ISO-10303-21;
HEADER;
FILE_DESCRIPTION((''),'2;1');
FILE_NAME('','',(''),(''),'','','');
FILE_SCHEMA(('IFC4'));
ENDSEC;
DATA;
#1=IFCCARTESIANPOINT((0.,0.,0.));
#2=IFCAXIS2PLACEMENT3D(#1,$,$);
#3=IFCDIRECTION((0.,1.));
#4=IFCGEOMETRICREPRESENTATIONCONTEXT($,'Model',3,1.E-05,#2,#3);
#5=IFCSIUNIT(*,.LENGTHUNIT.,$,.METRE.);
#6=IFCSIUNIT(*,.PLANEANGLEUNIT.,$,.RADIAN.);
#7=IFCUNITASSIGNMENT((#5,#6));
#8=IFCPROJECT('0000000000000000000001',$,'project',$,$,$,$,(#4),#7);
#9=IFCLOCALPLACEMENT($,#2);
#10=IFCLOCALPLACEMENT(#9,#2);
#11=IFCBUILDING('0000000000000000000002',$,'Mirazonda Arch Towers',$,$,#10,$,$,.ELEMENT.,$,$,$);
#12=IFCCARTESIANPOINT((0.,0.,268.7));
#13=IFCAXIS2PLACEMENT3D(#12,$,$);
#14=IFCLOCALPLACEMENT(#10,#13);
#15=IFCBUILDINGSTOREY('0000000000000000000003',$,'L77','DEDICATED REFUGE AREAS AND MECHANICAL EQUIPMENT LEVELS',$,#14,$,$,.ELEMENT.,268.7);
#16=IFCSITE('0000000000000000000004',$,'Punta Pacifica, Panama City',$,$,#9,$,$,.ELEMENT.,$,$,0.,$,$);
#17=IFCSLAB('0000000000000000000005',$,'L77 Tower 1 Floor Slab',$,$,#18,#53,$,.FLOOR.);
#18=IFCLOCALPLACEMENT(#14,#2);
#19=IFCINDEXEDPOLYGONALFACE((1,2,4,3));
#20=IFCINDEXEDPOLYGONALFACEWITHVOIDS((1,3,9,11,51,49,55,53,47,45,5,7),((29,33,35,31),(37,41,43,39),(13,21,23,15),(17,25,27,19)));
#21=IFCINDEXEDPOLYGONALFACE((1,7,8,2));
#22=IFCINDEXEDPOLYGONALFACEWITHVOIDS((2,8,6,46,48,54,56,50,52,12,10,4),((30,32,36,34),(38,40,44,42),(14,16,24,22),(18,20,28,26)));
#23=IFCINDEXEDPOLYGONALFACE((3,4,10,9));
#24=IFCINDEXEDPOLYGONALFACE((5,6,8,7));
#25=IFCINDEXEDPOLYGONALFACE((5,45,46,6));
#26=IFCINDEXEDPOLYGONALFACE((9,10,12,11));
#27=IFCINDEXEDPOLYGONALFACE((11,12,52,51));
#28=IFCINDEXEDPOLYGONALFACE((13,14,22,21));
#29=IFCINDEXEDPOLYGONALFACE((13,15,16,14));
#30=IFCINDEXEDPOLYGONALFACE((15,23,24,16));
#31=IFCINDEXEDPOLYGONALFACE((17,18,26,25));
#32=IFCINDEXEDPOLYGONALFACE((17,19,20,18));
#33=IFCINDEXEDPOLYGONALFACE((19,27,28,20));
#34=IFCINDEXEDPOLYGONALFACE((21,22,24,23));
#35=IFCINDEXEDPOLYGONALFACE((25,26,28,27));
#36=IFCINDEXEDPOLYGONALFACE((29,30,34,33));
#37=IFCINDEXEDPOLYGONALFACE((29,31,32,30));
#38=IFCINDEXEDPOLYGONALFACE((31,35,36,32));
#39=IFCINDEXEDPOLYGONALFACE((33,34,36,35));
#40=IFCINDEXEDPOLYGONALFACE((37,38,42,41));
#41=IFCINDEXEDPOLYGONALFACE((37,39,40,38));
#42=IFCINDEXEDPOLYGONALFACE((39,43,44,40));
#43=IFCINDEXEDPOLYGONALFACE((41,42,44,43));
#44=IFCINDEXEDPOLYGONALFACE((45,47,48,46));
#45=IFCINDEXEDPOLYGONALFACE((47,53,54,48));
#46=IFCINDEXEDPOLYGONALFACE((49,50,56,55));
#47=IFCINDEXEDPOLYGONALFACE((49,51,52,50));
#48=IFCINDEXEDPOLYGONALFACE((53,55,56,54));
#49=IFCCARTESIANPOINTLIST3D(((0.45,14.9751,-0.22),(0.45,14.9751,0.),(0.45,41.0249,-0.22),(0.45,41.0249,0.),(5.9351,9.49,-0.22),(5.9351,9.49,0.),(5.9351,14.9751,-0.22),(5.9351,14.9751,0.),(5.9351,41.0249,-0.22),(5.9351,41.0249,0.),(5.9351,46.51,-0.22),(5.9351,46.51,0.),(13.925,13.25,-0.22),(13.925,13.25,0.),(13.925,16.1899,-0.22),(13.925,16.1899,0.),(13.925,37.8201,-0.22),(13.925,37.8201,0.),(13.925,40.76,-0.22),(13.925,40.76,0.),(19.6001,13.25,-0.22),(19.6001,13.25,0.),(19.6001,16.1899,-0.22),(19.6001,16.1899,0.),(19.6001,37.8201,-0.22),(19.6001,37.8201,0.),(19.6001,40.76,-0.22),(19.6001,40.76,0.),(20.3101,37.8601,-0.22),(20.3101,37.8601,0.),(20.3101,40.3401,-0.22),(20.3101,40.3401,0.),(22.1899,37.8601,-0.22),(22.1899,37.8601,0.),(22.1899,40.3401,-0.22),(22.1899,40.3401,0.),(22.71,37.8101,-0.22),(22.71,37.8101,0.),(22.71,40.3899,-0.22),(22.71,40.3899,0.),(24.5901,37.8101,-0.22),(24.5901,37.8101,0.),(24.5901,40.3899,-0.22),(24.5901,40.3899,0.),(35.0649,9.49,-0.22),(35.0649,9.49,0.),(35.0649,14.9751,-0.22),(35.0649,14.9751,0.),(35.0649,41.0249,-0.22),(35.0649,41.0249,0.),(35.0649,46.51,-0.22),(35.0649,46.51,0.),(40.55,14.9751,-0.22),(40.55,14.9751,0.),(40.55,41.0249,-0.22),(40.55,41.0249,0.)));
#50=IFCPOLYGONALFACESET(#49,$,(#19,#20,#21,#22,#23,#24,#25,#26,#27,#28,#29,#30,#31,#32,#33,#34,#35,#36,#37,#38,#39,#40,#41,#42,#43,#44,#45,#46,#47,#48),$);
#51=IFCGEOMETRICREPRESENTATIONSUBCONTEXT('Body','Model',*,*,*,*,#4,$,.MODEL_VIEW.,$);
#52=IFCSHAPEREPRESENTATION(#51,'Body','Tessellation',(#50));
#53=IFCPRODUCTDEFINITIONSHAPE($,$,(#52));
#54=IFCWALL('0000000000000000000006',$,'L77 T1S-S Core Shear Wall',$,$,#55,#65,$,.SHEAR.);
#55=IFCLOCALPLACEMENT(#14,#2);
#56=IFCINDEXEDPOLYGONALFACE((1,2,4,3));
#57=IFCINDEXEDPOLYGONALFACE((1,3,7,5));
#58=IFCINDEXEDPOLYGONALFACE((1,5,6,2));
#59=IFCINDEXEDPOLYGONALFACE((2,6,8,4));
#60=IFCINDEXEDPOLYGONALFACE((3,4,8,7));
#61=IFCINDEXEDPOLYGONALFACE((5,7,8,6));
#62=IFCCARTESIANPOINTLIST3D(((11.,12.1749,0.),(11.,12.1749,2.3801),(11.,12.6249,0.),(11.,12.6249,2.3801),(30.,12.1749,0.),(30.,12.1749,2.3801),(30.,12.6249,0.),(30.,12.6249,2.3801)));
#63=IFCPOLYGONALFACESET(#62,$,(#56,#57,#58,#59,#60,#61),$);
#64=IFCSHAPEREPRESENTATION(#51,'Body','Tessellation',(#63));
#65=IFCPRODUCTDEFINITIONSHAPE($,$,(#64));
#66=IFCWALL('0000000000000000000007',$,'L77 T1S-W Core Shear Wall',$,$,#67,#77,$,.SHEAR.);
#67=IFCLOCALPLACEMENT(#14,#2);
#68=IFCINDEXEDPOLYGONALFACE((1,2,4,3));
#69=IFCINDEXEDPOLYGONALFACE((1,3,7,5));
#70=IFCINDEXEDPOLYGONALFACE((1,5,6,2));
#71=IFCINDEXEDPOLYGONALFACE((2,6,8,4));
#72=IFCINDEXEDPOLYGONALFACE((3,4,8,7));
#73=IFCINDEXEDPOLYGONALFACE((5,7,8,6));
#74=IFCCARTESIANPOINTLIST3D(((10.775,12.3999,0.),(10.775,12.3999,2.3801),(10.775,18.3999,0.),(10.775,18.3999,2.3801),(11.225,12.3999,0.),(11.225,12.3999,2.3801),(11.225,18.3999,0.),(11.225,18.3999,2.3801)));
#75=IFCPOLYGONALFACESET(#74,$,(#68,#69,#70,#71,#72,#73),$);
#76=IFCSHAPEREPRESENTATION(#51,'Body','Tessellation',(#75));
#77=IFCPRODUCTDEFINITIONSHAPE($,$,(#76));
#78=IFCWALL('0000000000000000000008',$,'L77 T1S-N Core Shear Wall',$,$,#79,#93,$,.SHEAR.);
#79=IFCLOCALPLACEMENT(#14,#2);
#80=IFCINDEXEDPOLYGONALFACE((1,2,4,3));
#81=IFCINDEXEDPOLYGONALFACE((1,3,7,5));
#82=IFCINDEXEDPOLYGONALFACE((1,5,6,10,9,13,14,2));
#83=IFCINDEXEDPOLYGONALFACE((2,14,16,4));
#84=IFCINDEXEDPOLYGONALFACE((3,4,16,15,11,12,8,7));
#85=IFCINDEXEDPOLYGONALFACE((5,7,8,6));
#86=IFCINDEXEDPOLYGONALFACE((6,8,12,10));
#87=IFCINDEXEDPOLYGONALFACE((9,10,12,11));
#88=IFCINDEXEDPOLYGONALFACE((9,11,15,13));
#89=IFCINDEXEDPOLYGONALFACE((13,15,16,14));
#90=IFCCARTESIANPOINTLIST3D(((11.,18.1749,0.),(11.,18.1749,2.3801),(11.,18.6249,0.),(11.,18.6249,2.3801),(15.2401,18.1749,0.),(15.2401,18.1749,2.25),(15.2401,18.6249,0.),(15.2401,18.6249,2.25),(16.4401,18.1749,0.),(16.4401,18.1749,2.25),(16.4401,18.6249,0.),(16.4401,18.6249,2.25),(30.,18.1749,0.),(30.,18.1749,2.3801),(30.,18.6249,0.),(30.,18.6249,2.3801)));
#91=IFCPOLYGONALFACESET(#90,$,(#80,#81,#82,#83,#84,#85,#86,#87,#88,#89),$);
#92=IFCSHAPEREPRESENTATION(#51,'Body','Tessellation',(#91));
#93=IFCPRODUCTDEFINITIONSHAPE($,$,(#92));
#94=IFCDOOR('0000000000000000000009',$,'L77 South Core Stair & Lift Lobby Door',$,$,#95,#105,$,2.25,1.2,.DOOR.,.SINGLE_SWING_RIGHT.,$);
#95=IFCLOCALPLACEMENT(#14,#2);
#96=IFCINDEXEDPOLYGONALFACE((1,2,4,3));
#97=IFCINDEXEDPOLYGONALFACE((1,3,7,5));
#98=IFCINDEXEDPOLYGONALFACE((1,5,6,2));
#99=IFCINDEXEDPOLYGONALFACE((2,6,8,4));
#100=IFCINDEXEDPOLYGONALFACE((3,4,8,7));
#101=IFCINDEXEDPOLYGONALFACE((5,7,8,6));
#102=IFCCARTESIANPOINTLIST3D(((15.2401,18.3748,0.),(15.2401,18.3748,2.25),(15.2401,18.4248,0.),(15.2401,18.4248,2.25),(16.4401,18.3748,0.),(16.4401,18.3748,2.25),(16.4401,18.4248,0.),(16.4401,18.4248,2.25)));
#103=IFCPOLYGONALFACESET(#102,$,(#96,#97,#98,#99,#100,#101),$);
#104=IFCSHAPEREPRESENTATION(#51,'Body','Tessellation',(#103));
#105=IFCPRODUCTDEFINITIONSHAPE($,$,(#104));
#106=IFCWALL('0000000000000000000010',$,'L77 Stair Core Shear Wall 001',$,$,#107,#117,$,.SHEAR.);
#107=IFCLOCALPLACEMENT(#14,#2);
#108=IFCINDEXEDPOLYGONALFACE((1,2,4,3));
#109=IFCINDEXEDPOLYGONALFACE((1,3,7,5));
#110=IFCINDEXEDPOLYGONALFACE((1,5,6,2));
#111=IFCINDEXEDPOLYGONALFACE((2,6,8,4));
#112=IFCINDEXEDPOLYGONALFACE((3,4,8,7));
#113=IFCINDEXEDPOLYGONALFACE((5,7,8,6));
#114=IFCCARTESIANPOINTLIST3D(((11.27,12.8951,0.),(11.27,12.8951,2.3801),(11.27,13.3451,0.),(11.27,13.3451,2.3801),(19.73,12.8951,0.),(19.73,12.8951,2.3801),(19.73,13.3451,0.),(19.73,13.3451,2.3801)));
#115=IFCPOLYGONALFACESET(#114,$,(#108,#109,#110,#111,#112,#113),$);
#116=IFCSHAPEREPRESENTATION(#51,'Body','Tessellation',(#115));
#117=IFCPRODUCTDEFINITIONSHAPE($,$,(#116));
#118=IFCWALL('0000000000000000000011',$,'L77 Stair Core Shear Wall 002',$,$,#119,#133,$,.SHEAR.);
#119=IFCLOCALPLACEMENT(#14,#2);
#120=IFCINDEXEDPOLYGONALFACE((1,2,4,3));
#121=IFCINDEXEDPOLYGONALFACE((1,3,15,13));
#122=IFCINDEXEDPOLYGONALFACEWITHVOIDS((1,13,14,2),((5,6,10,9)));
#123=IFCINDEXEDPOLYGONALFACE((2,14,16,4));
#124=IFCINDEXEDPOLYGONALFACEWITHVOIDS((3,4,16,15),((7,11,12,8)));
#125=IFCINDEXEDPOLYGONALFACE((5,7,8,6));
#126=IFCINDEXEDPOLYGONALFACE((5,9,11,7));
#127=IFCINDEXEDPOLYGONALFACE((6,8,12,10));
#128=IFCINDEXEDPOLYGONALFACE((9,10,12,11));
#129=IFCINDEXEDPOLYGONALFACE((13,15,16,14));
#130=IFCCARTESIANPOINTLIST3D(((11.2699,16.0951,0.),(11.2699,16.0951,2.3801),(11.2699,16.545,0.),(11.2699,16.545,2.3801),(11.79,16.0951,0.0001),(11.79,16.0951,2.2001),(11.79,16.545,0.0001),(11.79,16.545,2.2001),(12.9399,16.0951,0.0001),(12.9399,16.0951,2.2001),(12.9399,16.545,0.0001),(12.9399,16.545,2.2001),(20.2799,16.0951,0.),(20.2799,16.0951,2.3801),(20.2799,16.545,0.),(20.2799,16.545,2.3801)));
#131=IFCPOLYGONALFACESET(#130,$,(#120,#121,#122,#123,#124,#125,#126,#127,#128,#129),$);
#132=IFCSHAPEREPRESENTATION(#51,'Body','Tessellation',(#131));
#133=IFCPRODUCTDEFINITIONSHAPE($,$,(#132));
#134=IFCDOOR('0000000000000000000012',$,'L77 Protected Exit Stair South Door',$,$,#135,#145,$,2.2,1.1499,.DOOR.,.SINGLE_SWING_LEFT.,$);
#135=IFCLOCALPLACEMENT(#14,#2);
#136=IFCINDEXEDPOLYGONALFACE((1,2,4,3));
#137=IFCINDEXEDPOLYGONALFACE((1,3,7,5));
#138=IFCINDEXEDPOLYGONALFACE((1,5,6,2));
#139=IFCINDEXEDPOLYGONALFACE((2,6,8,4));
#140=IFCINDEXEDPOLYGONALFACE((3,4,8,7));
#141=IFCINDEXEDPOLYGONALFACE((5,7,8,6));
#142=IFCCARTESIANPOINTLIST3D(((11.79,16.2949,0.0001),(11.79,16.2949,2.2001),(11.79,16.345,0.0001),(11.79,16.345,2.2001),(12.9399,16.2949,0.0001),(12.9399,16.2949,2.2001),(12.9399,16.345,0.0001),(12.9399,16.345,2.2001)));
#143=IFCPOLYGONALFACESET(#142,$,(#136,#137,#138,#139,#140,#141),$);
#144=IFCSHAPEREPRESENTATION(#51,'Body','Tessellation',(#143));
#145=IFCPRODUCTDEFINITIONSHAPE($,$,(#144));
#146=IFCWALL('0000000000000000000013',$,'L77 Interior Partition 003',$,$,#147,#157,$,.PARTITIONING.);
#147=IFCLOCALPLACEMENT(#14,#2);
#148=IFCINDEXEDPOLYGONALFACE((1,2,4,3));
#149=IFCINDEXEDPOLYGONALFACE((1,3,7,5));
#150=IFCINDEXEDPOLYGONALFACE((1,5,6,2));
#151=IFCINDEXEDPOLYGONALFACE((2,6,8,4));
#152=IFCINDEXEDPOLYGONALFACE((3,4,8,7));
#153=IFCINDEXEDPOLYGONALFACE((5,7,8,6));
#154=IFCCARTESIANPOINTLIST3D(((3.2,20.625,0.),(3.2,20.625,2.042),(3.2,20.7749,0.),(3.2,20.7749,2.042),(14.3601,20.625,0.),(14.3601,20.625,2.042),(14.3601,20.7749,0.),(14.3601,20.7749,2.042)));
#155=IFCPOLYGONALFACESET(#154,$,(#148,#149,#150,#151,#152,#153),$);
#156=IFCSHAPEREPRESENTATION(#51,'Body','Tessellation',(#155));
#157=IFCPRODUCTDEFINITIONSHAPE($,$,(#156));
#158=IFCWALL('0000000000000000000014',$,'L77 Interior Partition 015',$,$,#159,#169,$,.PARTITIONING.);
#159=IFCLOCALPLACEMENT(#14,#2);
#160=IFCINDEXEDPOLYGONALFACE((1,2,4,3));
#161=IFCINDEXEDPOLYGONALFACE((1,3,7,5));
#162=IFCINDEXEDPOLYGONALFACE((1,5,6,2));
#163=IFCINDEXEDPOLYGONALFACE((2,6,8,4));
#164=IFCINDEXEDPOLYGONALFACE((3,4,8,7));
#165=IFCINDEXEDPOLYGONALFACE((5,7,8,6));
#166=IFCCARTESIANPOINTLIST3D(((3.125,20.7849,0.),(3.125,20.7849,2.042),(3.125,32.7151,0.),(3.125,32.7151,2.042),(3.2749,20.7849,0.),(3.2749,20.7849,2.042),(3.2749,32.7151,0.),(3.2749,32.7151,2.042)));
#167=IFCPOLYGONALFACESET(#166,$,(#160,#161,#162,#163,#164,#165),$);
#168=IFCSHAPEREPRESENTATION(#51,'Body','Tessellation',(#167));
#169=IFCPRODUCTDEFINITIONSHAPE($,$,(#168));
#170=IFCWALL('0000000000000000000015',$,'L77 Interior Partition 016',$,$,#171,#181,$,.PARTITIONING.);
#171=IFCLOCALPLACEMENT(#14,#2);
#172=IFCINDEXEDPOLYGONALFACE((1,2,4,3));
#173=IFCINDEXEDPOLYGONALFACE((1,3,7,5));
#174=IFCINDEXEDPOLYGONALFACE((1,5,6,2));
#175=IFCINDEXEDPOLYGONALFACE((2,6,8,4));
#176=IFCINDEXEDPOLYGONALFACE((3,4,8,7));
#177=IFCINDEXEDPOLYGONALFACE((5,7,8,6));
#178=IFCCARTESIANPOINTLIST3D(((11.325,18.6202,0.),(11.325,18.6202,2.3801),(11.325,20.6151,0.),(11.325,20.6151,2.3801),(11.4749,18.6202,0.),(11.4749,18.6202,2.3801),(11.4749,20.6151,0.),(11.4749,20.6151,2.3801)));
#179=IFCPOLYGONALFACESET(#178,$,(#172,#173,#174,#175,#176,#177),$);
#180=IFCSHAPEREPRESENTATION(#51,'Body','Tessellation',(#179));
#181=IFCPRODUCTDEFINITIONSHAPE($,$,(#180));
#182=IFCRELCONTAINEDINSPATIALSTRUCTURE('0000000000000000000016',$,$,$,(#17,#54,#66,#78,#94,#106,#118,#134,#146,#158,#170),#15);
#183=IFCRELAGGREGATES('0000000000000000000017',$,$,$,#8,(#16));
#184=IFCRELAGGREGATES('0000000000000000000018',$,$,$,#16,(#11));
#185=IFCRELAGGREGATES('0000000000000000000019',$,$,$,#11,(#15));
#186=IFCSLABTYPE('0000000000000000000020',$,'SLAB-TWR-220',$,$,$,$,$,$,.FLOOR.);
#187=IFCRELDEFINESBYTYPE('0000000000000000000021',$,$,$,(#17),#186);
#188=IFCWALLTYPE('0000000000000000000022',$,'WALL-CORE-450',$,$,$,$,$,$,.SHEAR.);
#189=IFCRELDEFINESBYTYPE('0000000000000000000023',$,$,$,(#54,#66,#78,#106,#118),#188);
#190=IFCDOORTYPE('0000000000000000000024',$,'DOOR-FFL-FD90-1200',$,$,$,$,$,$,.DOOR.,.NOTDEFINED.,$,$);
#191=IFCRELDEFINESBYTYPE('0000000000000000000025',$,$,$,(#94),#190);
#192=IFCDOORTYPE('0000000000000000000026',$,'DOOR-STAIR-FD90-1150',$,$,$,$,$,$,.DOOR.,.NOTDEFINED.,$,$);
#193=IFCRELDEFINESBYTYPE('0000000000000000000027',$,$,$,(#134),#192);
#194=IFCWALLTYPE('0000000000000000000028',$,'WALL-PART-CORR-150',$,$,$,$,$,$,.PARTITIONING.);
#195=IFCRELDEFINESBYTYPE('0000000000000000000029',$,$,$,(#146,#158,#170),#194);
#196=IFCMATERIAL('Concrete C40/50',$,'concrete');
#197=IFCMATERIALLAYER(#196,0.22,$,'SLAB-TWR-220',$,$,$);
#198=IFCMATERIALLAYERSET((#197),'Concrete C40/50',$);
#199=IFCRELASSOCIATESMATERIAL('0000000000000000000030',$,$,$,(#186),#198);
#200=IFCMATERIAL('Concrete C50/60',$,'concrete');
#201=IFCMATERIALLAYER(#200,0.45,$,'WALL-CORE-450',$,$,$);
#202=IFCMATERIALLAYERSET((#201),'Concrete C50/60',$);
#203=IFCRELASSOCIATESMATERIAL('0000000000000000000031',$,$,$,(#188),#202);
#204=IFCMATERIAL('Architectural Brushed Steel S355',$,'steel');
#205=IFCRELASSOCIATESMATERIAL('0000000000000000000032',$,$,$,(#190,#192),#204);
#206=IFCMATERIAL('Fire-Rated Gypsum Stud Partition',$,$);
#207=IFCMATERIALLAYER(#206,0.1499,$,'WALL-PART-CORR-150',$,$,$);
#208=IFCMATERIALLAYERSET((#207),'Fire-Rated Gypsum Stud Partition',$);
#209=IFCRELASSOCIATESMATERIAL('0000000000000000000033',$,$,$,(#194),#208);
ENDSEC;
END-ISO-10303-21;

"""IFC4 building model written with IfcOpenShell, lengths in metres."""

from ifc_helpers import new_model, si_unit, direction, frame, frame_2d, origin, place, context, subcontext, project, spatial, polyline, rectangle, outline, extrude, material, layer, layer_set, type_object, element, fill, save


model = new_model("IFC4")

# Units and contexts
model_context = context("Model", 3, precision=1e-05, world=origin(), true_north=direction((0.0, 1.0)))
body_context = subcontext(model_context, "Body", "Model", "MODEL_VIEW")
ifc_project = project(units=[si_unit("LENGTHUNIT", "METRE"), si_unit("PLANEANGLEUNIT", "RADIAN")], contexts=[model_context])

# Site, building, storey
site_placement = place(None, origin())
site = spatial("IfcSite", under=ifc_project, at=site_placement, Name="Punta Pacifica, Panama City", CompositionType="ELEMENT", RefElevation=0.0)
building_placement = place(site_placement, origin())
building = spatial("IfcBuilding", under=site, at=building_placement, Name="Mirazonda Arch Towers", CompositionType="ELEMENT")
storey_placement = place(building_placement, frame((0.0, 0.0, 268.7)))
storey = spatial("IfcBuildingStorey", under=building, at=storey_placement, Name="L77", Description="DEDICATED REFUGE AREAS AND MECHANICAL EQUIPMENT LEVELS", CompositionType="ELEMENT", Elevation=268.7)

# Shared definitions
ifc_material_1 = material(Name="Concrete C50/60", Category="concrete")

# Shared definitions
ifc_material_2 = material(Name="Concrete C40/50", Category="concrete")

# Slab
ifc_layer_1 = layer(ifc_material_2, 0.22, Name="SLAB-TWR-220")
ifc_layer_set_1 = layer_set([ifc_layer_1], Name="Concrete C40/50")
slab_type_1 = type_object("IfcSlabType", Name="SLAB-TWR-220", PredefinedType="FLOOR", material=ifc_layer_set_1)
slab_1_placement = place(storey_placement, frame((0.0, 0.0, -0.22)))
element("IfcSlab", 1, at=slab_1_placement, inside=storey, type_object=slab_type_1, Name="L77 Tower 1 Floor Slab", PredefinedType="FLOOR", context=body_context, shape_type="SweptSolid", body=[
    extrude(outline(polyline([(5.9351, 9.49), (35.0649, 9.49), (35.0649, 14.9751), (40.55, 14.9751), (40.55, 41.0249), (35.0649, 41.0249), (35.0649, 46.51), (5.9351, 46.51), (5.9351, 41.0249), (0.45, 41.0249), (0.45, 14.9751), (5.9351, 14.9751), (5.9351, 9.49)]), holes=[polyline([(22.71, 37.8101), (22.71, 40.3899), (24.5901, 40.3899), (24.5901, 37.8101), (22.71, 37.8101)]), polyline([(20.3101, 37.8601), (20.3101, 40.3401), (22.1899, 40.3401), (22.1899, 37.8601), (20.3101, 37.8601)]), polyline([(19.6001, 13.25), (13.925, 13.25), (13.925, 16.1899), (19.6001, 16.1899), (19.6001, 13.25)]), polyline([(19.6001, 37.8201), (13.925, 37.8201), (13.925, 40.76), (19.6001, 40.76), (19.6001, 37.8201)])]), origin(), (0.0, 0.0, 1.0), 0.22),
])

# Walls
ifc_layer_2 = layer(ifc_material_1, 0.45, Name="WALL-CORE-450")
ifc_layer_set_2 = layer_set([ifc_layer_2], Name="Concrete C50/60")
wall_type_1 = type_object("IfcWallType", Name="WALL-CORE-450", PredefinedType="SHEAR", material=ifc_layer_set_2)
wall_1_placement = place(storey_placement, frame((11.0, 12.3999, 0.0), z_axis=(0.0, 0.0, 1.0), x_axis=(1.0, 0.0, 0.0)))
element("IfcWall", 2, at=wall_1_placement, inside=storey, type_object=wall_type_1, Name="L77 T1S-S Core Shear Wall", PredefinedType="SHEAR", context=body_context, shape_type="SweptSolid", body=[
    extrude(rectangle(XDim=19.0, YDim=0.45, at=frame_2d((9.5, 0.0))), origin(), (0.0, 0.0, 1.0), 2.3801),
])
wall_2_placement = place(storey_placement, frame((11.0, 12.3999, 0.0), z_axis=(0.0, 0.0, 1.0), x_axis=(0.0, 1.0, 0.0)))
element("IfcWall", 3, at=wall_2_placement, inside=storey, type_object=wall_type_1, Name="L77 T1S-W Core Shear Wall", PredefinedType="SHEAR", context=body_context, shape_type="SweptSolid", body=[
    extrude(rectangle(XDim=6.0, YDim=0.45, at=frame_2d((3.0, 0.0))), origin(), (0.0, 0.0, 1.0), 2.3801),
])

# Wall, opening, door
wall_3_placement = place(storey_placement, frame((11.0, 18.3999, 0.0), z_axis=(0.0, 0.0, 1.0), x_axis=(1.0, 0.0, 0.0)))
wall_3 = element("IfcWall", 4, at=wall_3_placement, inside=storey, type_object=wall_type_1, Name="L77 T1S-N Core Shear Wall", PredefinedType="SHEAR", context=body_context, shape_type="SweptSolid", body=[
    extrude(rectangle(XDim=19.0, YDim=0.45, at=frame_2d((9.5, 0.0))), origin(), (0.0, 0.0, 1.0), 2.3801),
])
opening_1_placement = place(wall_3_placement, frame((4.24, 0.0, 0.0)))
opening_1 = element("IfcOpeningElement", 5, at=opening_1_placement, cuts=wall_3, PredefinedType="OPENING", context=body_context, shape_type="SweptSolid", body=[
    extrude(rectangle(XDim=1.2, YDim=2.25, at=frame_2d((0.6001, 1.125))), frame((0.0, 0.2349, 0.0), z_axis=(0.0, -1.0, 0.0), x_axis=(1.0, 0.0, 0.0)), (0.0, 0.0, 1.0), 0.47),
])
ifc_material_3 = material(Name="Architectural Brushed Steel S355", Category="steel")
door_type_1 = type_object("IfcDoorType", Name="DOOR-FFL-FD90-1200", OperationType="NOTDEFINED", PredefinedType="DOOR", material=ifc_material_3)
door_1_placement = place(opening_1_placement, origin())
door_1 = element("IfcDoor", 6, at=door_1_placement, inside=storey, type_object=door_type_1, Name="L77 South Core Stair & Lift Lobby Door", OperationType="SINGLE_SWING_RIGHT", OverallHeight=2.25, OverallWidth=1.2, PredefinedType="DOOR", context=body_context, shape_type="SweptSolid", body=[
    extrude(rectangle(XDim=1.2, YDim=2.25, at=frame_2d((0.6001, 1.125))), frame((0.0, 0.0249, 0.0), z_axis=(0.0, -1.0, 0.0), x_axis=(1.0, 0.0, 0.0)), (0.0, 0.0, 1.0), 0.05),
])
fill(opening_1, door_1)

# Wall
wall_4_placement = place(storey_placement, frame((11.27, 13.1201, 0.0), z_axis=(0.0, 0.0, 1.0), x_axis=(1.0, 0.0, 0.0)))
element("IfcWall", 7, at=wall_4_placement, inside=storey, type_object=wall_type_1, Name="L77 Stair Core Shear Wall 001", PredefinedType="SHEAR", context=body_context, shape_type="SweptSolid", body=[
    extrude(rectangle(XDim=8.46, YDim=0.45, at=frame_2d((4.23, 0.0))), origin(), (0.0, 0.0, 1.0), 2.3801),
])

# Wall, opening, door
wall_5_placement = place(storey_placement, frame((11.27, 16.3201, 0.0), z_axis=(0.0, 0.0, 1.0), x_axis=(1.0, 0.0, 0.0)))
wall_5 = element("IfcWall", 8, at=wall_5_placement, inside=storey, type_object=wall_type_1, Name="L77 Stair Core Shear Wall 002", PredefinedType="SHEAR", context=body_context, shape_type="SweptSolid", body=[
    extrude(rectangle(XDim=9.01, YDim=0.45, at=frame_2d((4.5049, 0.0))), origin(), (0.0, 0.0, 1.0), 2.3801),
])
opening_2_placement = place(wall_5_placement, frame((0.52, 0.0, 0.0)))
opening_2 = element("IfcOpeningElement", 9, at=opening_2_placement, cuts=wall_5, PredefinedType="OPENING", context=body_context, shape_type="SweptSolid", body=[
    extrude(rectangle(XDim=1.1499, YDim=2.2, at=frame_2d((0.575, 1.1001))), frame((0.0, 0.2349, 0.0), z_axis=(0.0, -1.0, 0.0), x_axis=(1.0, 0.0, 0.0)), (0.0, 0.0, 1.0), 0.47),
])
door_type_2 = type_object("IfcDoorType", Name="DOOR-STAIR-FD90-1150", OperationType="NOTDEFINED", PredefinedType="DOOR", material=ifc_material_3)
door_2_placement = place(opening_2_placement, origin())
door_2 = element("IfcDoor", 10, at=door_2_placement, inside=storey, type_object=door_type_2, Name="L77 Protected Exit Stair South Door", OperationType="SINGLE_SWING_LEFT", OverallHeight=2.2, OverallWidth=1.1499, PredefinedType="DOOR", context=body_context, shape_type="SweptSolid", body=[
    extrude(rectangle(XDim=1.1499, YDim=2.2, at=frame_2d((0.575, 1.1001))), frame((0.0, 0.0249, 0.0), z_axis=(0.0, -1.0, 0.0), x_axis=(1.0, 0.0, 0.0)), (0.0, 0.0, 1.0), 0.05),
])
fill(opening_2, door_2)

# Walls
ifc_material_4 = material(Name="Fire-Rated Gypsum Stud Partition")
ifc_layer_3 = layer(ifc_material_4, 0.1499, Name="WALL-PART-CORR-150")
ifc_layer_set_3 = layer_set([ifc_layer_3], Name="Fire-Rated Gypsum Stud Partition")
wall_type_2 = type_object("IfcWallType", Name="WALL-PART-CORR-150", PredefinedType="PARTITIONING", material=ifc_layer_set_3)
wall_6_placement = place(storey_placement, frame((3.2, 20.7, 0.0), z_axis=(0.0, 0.0, 1.0), x_axis=(1.0, 0.0, 0.0)))
element("IfcWall", 11, at=wall_6_placement, inside=storey, type_object=wall_type_2, Name="L77 Interior Partition 003", PredefinedType="PARTITIONING", context=body_context, shape_type="SweptSolid", body=[
    extrude(rectangle(XDim=11.1602, YDim=0.1499, at=frame_2d((5.5801, 0.0))), origin(), (0.0, 0.0, 1.0), 2.042),
])
wall_7_placement = place(storey_placement, frame((3.2, 20.7849, 0.0), z_axis=(0.0, 0.0, 1.0), x_axis=(0.0, 1.0, 0.0)))
element("IfcWall", 12, at=wall_7_placement, inside=storey, type_object=wall_type_2, Name="L77 Interior Partition 015", PredefinedType="PARTITIONING", context=body_context, shape_type="SweptSolid", body=[
    extrude(rectangle(XDim=11.9302, YDim=0.1499, at=frame_2d((5.9651, 0.0))), origin(), (0.0, 0.0, 1.0), 2.042),
])
wall_8_placement = place(storey_placement, frame((11.3999, 18.6201, 0.0), z_axis=(0.0, 0.0, 1.0), x_axis=(0.0, 1.0, 0.0)))
element("IfcWall", 13, at=wall_8_placement, inside=storey, type_object=wall_type_2, Name="L77 Interior Partition 016", PredefinedType="PARTITIONING", context=body_context, shape_type="SweptSolid", body=[
    extrude(rectangle(XDim=1.9949, YDim=0.1499, at=frame_2d((0.9976, 0.0))), origin(), (0.0, 0.0, 1.0), 2.3801),
])

save(model, "model.ifc")
